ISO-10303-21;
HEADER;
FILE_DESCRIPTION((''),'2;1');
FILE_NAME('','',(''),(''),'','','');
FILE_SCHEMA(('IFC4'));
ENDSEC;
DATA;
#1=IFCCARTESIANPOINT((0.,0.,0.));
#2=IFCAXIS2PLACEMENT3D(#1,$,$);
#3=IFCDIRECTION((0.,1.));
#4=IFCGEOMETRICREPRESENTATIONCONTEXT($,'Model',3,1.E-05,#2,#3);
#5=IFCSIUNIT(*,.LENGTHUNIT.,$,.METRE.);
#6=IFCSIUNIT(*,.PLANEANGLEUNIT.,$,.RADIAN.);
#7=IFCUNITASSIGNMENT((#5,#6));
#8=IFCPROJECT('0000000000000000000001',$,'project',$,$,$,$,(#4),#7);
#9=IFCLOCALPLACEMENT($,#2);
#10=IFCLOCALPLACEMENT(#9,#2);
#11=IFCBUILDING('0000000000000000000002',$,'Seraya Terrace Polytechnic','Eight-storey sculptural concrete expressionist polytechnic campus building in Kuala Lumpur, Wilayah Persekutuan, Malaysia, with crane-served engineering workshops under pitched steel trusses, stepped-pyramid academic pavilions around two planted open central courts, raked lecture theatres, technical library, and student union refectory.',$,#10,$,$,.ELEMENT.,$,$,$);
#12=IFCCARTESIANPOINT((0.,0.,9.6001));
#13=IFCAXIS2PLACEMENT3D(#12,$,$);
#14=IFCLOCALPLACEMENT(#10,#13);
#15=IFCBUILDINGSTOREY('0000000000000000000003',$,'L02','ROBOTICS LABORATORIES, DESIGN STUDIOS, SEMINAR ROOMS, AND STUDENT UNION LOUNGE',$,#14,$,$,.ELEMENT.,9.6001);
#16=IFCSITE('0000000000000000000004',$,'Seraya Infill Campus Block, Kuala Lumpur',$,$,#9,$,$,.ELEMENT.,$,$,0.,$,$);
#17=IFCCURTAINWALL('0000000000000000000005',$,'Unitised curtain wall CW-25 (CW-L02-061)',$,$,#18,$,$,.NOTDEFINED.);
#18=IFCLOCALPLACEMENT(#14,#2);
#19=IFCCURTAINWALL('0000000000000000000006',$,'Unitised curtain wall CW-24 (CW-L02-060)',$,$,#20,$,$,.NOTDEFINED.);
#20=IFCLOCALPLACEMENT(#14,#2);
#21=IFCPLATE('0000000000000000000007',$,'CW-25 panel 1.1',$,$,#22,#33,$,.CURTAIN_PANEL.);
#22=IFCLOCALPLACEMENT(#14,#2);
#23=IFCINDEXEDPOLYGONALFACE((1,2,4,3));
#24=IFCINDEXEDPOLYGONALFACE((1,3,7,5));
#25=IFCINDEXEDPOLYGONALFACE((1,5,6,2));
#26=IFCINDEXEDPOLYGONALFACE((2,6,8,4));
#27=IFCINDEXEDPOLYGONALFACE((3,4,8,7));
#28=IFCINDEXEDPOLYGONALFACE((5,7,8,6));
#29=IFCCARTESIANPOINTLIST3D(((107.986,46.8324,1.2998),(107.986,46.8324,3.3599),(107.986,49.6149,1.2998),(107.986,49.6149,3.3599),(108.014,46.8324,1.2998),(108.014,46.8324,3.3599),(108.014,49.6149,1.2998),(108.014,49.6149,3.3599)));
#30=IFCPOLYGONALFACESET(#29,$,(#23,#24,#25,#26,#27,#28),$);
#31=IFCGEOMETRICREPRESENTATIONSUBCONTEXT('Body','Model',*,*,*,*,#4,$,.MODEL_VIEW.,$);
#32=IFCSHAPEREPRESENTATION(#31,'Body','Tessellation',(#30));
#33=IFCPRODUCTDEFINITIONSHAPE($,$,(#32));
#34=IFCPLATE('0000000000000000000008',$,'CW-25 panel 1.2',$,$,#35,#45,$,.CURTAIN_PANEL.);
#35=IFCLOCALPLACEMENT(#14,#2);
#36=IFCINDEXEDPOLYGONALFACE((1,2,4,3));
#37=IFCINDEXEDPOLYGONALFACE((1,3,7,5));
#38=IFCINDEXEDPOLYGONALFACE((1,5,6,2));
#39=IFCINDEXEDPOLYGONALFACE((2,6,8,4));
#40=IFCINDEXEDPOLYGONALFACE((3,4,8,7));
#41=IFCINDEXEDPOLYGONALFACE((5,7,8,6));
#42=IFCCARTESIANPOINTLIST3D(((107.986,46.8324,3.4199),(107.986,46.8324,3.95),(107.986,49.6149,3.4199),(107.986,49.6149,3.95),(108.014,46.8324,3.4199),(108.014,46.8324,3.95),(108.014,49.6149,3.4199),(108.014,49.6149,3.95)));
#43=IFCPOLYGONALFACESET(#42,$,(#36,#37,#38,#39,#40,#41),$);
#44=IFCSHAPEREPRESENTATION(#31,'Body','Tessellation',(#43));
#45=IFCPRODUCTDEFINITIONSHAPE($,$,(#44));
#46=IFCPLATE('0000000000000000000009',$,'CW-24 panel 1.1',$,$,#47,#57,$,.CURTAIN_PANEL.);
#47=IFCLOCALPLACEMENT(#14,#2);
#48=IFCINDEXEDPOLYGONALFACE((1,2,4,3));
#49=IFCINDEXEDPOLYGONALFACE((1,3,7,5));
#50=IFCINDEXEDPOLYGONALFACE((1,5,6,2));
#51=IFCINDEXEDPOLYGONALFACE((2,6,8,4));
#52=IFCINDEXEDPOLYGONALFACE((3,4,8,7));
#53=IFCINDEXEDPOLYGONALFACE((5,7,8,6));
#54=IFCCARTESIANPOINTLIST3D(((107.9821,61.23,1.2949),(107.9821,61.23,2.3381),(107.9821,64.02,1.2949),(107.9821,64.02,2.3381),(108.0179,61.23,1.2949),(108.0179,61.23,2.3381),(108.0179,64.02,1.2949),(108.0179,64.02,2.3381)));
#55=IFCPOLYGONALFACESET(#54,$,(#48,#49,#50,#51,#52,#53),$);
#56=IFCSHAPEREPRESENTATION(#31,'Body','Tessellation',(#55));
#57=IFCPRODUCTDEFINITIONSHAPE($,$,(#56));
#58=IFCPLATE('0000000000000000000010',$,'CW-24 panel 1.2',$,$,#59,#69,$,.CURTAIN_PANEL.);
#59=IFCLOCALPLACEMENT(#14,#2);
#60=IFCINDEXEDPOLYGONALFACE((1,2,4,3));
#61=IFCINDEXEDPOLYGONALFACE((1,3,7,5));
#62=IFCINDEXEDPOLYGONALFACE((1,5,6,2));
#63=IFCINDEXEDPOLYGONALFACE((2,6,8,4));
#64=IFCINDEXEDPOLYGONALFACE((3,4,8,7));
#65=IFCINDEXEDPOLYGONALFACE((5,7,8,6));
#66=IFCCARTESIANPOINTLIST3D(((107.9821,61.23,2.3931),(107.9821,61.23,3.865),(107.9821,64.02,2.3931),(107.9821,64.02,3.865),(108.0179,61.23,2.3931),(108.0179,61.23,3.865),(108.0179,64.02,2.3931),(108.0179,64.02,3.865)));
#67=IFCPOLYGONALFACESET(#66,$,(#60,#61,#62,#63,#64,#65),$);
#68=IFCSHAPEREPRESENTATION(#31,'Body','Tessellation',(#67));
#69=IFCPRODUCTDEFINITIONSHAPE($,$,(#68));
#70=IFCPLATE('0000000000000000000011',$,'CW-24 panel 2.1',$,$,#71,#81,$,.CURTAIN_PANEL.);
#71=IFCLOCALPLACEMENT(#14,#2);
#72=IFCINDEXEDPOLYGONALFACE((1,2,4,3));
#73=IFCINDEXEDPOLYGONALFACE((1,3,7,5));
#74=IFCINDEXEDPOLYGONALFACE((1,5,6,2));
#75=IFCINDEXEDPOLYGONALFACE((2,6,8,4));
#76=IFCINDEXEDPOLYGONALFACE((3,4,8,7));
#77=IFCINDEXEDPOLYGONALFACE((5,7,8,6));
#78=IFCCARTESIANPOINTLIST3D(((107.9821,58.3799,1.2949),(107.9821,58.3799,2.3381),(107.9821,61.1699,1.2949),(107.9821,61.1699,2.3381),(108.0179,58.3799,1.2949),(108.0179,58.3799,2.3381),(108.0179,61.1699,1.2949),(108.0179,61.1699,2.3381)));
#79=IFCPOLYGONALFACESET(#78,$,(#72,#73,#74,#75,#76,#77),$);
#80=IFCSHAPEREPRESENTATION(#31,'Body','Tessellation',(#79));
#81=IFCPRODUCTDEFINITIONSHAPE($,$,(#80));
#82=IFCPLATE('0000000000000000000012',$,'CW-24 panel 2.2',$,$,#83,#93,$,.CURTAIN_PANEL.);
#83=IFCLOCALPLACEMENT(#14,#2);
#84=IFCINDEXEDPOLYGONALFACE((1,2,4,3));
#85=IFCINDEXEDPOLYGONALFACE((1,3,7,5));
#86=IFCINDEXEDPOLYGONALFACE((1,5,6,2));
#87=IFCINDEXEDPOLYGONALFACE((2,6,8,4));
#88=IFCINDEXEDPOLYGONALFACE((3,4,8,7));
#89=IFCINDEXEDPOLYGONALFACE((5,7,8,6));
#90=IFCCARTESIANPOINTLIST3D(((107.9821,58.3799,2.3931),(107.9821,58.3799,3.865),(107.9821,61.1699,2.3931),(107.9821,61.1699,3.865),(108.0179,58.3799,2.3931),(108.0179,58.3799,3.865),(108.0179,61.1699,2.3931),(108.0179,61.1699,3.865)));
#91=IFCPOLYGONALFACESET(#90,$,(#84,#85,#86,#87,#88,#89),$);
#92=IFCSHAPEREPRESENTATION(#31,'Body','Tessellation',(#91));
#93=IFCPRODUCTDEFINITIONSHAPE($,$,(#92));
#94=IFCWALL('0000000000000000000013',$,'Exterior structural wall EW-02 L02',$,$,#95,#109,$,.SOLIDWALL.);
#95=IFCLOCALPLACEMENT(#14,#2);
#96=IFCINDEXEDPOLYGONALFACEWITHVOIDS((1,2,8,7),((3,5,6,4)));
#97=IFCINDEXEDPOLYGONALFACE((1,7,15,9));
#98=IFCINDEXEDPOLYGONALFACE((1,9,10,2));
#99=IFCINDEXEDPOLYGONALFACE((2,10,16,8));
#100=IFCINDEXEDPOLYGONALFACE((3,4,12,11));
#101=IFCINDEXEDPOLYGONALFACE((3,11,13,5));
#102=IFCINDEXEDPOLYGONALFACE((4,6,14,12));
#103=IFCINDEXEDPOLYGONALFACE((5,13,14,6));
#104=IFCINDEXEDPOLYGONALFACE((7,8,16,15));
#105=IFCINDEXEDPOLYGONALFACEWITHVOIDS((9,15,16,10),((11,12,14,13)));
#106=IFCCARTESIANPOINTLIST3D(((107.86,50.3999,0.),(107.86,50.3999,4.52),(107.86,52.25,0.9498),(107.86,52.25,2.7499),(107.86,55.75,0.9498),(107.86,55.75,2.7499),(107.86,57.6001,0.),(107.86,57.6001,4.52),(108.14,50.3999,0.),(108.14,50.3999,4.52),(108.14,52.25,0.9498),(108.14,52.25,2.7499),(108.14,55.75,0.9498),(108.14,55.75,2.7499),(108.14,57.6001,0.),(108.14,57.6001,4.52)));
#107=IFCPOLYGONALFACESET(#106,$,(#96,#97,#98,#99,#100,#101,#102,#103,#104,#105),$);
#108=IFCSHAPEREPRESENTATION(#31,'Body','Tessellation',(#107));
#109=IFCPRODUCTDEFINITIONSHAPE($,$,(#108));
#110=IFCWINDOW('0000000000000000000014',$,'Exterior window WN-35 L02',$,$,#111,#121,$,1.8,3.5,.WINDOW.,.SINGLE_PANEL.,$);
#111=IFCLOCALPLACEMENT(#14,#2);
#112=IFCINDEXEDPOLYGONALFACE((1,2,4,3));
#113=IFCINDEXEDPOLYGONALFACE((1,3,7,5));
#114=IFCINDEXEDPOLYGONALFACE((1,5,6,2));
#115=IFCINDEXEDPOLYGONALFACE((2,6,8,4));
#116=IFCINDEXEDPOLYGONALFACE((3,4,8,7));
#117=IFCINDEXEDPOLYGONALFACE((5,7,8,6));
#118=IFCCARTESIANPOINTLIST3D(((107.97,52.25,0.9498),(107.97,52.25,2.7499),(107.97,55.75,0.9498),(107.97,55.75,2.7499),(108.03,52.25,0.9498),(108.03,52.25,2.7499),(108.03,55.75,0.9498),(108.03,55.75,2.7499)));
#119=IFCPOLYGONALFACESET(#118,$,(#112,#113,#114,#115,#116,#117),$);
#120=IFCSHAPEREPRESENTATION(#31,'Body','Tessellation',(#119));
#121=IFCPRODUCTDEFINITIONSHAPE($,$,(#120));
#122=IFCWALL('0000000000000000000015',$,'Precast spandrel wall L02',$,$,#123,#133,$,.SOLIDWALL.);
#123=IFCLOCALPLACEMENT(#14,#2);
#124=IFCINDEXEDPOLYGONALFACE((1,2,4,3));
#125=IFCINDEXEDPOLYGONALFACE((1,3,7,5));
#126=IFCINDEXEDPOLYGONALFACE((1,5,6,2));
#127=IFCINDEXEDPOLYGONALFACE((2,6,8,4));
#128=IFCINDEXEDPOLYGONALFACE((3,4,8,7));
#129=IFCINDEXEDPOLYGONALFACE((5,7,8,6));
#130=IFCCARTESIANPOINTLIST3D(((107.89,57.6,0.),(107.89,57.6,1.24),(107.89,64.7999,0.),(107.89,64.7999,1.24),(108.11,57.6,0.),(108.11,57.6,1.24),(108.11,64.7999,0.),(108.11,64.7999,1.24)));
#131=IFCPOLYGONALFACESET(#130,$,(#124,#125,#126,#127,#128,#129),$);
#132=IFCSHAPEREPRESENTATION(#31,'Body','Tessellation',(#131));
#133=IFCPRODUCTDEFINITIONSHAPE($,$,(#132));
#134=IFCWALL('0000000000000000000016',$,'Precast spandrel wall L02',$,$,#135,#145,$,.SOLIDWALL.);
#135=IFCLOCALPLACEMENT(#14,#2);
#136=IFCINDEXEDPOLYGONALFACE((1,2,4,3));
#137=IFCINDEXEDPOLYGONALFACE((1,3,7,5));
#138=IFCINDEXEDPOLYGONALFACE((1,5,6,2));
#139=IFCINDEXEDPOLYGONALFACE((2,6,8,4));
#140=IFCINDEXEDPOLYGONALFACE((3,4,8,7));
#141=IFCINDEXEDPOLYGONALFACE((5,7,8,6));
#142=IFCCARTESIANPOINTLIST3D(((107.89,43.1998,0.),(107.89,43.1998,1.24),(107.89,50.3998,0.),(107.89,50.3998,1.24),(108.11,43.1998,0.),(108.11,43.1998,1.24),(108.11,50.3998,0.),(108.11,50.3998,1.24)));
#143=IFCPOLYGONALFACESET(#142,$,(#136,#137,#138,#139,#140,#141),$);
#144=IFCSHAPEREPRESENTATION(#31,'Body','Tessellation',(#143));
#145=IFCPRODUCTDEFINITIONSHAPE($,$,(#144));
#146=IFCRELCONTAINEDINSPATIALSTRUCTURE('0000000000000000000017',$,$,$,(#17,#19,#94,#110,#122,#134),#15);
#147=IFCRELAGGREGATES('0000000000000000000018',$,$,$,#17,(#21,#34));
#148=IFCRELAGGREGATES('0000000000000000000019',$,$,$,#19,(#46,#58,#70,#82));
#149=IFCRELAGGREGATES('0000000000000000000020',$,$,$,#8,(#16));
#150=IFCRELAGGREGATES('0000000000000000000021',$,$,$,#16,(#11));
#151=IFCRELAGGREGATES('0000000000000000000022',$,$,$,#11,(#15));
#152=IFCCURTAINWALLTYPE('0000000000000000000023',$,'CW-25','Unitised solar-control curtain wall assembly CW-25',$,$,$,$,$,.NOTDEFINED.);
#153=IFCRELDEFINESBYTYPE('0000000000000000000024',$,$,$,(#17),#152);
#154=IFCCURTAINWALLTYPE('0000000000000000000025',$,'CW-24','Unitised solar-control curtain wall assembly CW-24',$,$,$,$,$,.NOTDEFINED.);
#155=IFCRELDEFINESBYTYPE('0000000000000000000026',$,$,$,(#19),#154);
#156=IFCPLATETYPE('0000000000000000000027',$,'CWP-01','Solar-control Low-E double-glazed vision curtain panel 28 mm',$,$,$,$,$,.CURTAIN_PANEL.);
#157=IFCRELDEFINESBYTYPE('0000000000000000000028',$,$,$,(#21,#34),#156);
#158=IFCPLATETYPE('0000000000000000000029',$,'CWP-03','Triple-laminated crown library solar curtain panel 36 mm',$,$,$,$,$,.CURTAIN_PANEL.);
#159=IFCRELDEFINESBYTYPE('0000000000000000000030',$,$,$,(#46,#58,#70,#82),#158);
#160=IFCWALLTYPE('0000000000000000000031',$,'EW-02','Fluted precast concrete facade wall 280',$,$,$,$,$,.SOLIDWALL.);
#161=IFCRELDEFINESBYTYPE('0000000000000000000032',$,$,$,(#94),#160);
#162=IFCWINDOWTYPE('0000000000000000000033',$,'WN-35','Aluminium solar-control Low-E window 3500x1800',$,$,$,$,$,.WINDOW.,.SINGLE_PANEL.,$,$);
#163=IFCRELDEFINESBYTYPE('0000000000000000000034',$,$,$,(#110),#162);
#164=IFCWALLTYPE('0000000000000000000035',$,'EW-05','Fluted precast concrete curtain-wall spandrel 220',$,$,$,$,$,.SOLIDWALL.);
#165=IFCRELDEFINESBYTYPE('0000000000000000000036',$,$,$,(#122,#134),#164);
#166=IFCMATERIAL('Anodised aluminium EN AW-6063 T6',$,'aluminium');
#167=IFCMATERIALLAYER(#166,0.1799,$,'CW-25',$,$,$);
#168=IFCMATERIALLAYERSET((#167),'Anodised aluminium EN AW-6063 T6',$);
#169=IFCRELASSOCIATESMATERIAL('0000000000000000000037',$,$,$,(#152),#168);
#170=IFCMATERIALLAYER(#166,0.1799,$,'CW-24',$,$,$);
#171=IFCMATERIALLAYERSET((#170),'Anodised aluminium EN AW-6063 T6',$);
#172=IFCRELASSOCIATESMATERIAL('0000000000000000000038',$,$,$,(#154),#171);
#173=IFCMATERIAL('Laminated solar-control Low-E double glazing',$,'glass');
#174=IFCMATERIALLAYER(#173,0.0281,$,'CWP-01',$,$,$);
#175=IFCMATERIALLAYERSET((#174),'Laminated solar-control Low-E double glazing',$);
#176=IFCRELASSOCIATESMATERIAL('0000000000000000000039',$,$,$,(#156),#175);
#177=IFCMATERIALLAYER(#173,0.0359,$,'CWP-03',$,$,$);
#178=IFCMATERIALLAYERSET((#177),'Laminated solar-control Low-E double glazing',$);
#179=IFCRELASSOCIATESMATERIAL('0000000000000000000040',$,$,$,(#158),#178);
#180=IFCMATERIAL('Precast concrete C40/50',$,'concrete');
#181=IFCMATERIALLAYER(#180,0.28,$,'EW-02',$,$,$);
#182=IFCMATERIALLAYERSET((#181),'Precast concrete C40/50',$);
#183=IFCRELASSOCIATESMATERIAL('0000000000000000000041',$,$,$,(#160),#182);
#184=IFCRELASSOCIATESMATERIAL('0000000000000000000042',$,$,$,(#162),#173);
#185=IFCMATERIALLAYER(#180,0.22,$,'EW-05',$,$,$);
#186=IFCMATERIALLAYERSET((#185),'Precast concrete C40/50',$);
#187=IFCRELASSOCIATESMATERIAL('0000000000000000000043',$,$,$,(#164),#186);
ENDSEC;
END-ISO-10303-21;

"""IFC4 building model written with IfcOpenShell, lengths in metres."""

from ifc_helpers import new_model, si_unit, direction, frame, frame_2d, origin, origin_2d, place, context, subcontext, project, spatial, rectangle, extrude, material, layer, layer_set, type_object, element, fill, aggregate, save


model = new_model("IFC4")

# Units and contexts
model_context = context("Model", 3, precision=1e-05, world=origin(), true_north=direction((0.0, 1.0)))
body_context = subcontext(model_context, "Body", "Model", "MODEL_VIEW")
ifc_project = project(units=[si_unit("LENGTHUNIT", "METRE"), si_unit("PLANEANGLEUNIT", "RADIAN")], contexts=[model_context])

# Site, building, storey
site_placement = place(None, origin())
site = spatial("IfcSite", under=ifc_project, at=site_placement, Name="Seraya Infill Campus Block, Kuala Lumpur", CompositionType="ELEMENT", RefElevation=0.0)
building_placement = place(site_placement, origin())
building = spatial("IfcBuilding", under=site, at=building_placement, Name="Seraya Terrace Polytechnic", Description="Eight-storey sculptural concrete expressionist polytechnic campus building in Kuala Lumpur, Wilayah Persekutuan, Malaysia, with crane-served engineering workshops under pitched steel trusses, stepped-pyramid academic pavilions around two planted open central courts, raked lecture theatres, technical library, and student union refectory.", CompositionType="ELEMENT")
storey_placement = place(building_placement, frame((0.0, 0.0, 9.6001)))
storey = spatial("IfcBuildingStorey", under=building, at=storey_placement, Name="L02", Description="ROBOTICS LABORATORIES, DESIGN STUDIOS, SEMINAR ROOMS, AND STUDENT UNION LOUNGE", CompositionType="ELEMENT", Elevation=9.6001)

# Curtain walls
ifc_material_1 = material(Name="Anodised aluminium EN AW-6063 T6", Category="aluminium")
ifc_layer_1 = layer(ifc_material_1, 0.1799, Name="CW-25")
ifc_layer_set_1 = layer_set([ifc_layer_1], Name="Anodised aluminium EN AW-6063 T6")
curtain_wall_type_1 = type_object("IfcCurtainWallType", Name="CW-25", Description="Unitised solar-control curtain wall assembly CW-25", PredefinedType="NOTDEFINED", material=ifc_layer_set_1)
curtain_wall_1_placement = place(storey_placement, origin())
curtain_wall_1 = element("IfcCurtainWall", 1, at=curtain_wall_1_placement, inside=storey, type_object=curtain_wall_type_1, Name="Unitised curtain wall CW-25 (CW-L02-061)", PredefinedType="NOTDEFINED")
ifc_layer_2 = layer(ifc_material_1, 0.1799, Name="CW-24")
ifc_layer_set_2 = layer_set([ifc_layer_2], Name="Anodised aluminium EN AW-6063 T6")
curtain_wall_type_2 = type_object("IfcCurtainWallType", Name="CW-24", Description="Unitised solar-control curtain wall assembly CW-24", PredefinedType="NOTDEFINED", material=ifc_layer_set_2)
curtain_wall_2_placement = place(storey_placement, origin())
curtain_wall_2 = element("IfcCurtainWall", 2, at=curtain_wall_2_placement, inside=storey, type_object=curtain_wall_type_2, Name="Unitised curtain wall CW-24 (CW-L02-060)", PredefinedType="NOTDEFINED")

# Plates
ifc_material_2 = material(Name="Laminated solar-control Low-E double glazing", Category="glass")
ifc_layer_3 = layer(ifc_material_2, 0.0281, Name="CWP-01")
ifc_layer_set_3 = layer_set([ifc_layer_3], Name="Laminated solar-control Low-E double glazing")
plate_type_1 = type_object("IfcPlateType", Name="CWP-01", Description="Solar-control Low-E double-glazed vision curtain panel 28 mm", PredefinedType="CURTAIN_PANEL", material=ifc_layer_set_3)
plate_1_placement = place(storey_placement, frame((108.0, 48.2236, 1.2998), z_axis=(0.0, 0.0, 1.0), x_axis=(0.0, -1.0, 0.0)))
plate_1 = element("IfcPlate", 3, at=plate_1_placement, type_object=plate_type_1, Name="CW-25 panel 1.1", PredefinedType="CURTAIN_PANEL", context=body_context, shape_type="SweptSolid", body=[
    extrude(rectangle(XDim=2.7825, YDim=0.0281, at=origin_2d()), origin(), (0.0, 0.0, 1.0), 2.0601),
])
plate_2_placement = place(storey_placement, frame((108.0, 48.2236, 3.4199), z_axis=(0.0, 0.0, 1.0), x_axis=(0.0, -1.0, 0.0)))
plate_2 = element("IfcPlate", 4, at=plate_2_placement, type_object=plate_type_1, Name="CW-25 panel 1.2", PredefinedType="CURTAIN_PANEL", context=body_context, shape_type="SweptSolid", body=[
    extrude(rectangle(XDim=2.7825, YDim=0.0281, at=origin_2d()), origin(), (0.0, 0.0, 1.0), 0.53),
])
aggregate(curtain_wall_1, [plate_1, plate_2])
ifc_layer_4 = layer(ifc_material_2, 0.0359, Name="CWP-03")
ifc_layer_set_4 = layer_set([ifc_layer_4], Name="Laminated solar-control Low-E double glazing")
plate_type_2 = type_object("IfcPlateType", Name="CWP-03", Description="Triple-laminated crown library solar curtain panel 36 mm", PredefinedType="CURTAIN_PANEL", material=ifc_layer_set_4)
plate_3_placement = place(storey_placement, frame((108.0, 62.625, 1.2949), z_axis=(0.0, 0.0, 1.0), x_axis=(0.0, -1.0, 0.0)))
plate_3 = element("IfcPlate", 5, at=plate_3_placement, type_object=plate_type_2, Name="CW-24 panel 1.1", PredefinedType="CURTAIN_PANEL", context=body_context, shape_type="SweptSolid", body=[
    extrude(rectangle(XDim=2.79, YDim=0.0359, at=origin_2d()), origin(), (0.0, 0.0, 1.0), 1.0432),
])
plate_4_placement = place(storey_placement, frame((108.0, 62.625, 2.3931), z_axis=(0.0, 0.0, 1.0), x_axis=(0.0, -1.0, 0.0)))
plate_4 = element("IfcPlate", 6, at=plate_4_placement, type_object=plate_type_2, Name="CW-24 panel 1.2", PredefinedType="CURTAIN_PANEL", context=body_context, shape_type="SweptSolid", body=[
    extrude(rectangle(XDim=2.79, YDim=0.0359, at=origin_2d()), origin(), (0.0, 0.0, 1.0), 1.4719),
])
plate_5_placement = place(storey_placement, frame((108.0, 59.7749, 1.2949), z_axis=(0.0, 0.0, 1.0), x_axis=(0.0, -1.0, 0.0)))
plate_5 = element("IfcPlate", 7, at=plate_5_placement, type_object=plate_type_2, Name="CW-24 panel 2.1", PredefinedType="CURTAIN_PANEL", context=body_context, shape_type="SweptSolid", body=[
    extrude(rectangle(XDim=2.79, YDim=0.0359, at=origin_2d()), origin(), (0.0, 0.0, 1.0), 1.0432),
])
plate_6_placement = place(storey_placement, frame((108.0, 59.7749, 2.3931), z_axis=(0.0, 0.0, 1.0), x_axis=(0.0, -1.0, 0.0)))
plate_6 = element("IfcPlate", 8, at=plate_6_placement, type_object=plate_type_2, Name="CW-24 panel 2.2", PredefinedType="CURTAIN_PANEL", context=body_context, shape_type="SweptSolid", body=[
    extrude(rectangle(XDim=2.79, YDim=0.0359, at=origin_2d()), origin(), (0.0, 0.0, 1.0), 1.4719),
])
aggregate(curtain_wall_2, [plate_3, plate_4, plate_5, plate_6])

# Wall, opening, window
ifc_material_3 = material(Name="Precast concrete C40/50", Category="concrete")
ifc_layer_5 = layer(ifc_material_3, 0.28, Name="EW-02")
ifc_layer_set_5 = layer_set([ifc_layer_5], Name="Precast concrete C40/50")
wall_type_1 = type_object("IfcWallType", Name="EW-02", Description="Fluted precast concrete facade wall 280", PredefinedType="SOLIDWALL", material=ifc_layer_set_5)
wall_placement = place(storey_placement, frame((108.0, 57.6001, 0.0), z_axis=(0.0, 0.0, 1.0), x_axis=(0.0, -1.0, 0.0)))
wall = element("IfcWall", 9, at=wall_placement, inside=storey, type_object=wall_type_1, Name="Exterior structural wall EW-02 L02", PredefinedType="SOLIDWALL", context=body_context, shape_type="SweptSolid", body=[
    extrude(rectangle(XDim=7.2002, YDim=0.28, at=frame_2d((3.6001, 0.0))), origin(), (0.0, 0.0, 1.0), 4.52),
])
opening_placement = place(wall_placement, frame((1.8501, 0.0, 0.95)))
opening = element("IfcOpeningElement", 10, at=opening_placement, cuts=wall, PredefinedType="OPENING", context=body_context, shape_type="SweptSolid", body=[
    extrude(rectangle(XDim=3.5, YDim=1.8, at=frame_2d((1.75, 0.8999))), frame((0.0, 0.1519, 0.0), z_axis=(0.0, -1.0, 0.0), x_axis=(1.0, 0.0, 0.0)), (0.0, 0.0, 1.0), 0.304),
])
window_type = type_object("IfcWindowType", Name="WN-35", Description="Aluminium solar-control Low-E window 3500x1800", PartitioningType="SINGLE_PANEL", PredefinedType="WINDOW", material=ifc_material_2)
window_placement = place(opening_placement, origin())
window = element("IfcWindow", 11, at=window_placement, inside=storey, type_object=window_type, Name="Exterior window WN-35 L02", OverallHeight=1.8, OverallWidth=3.5, PartitioningType="SINGLE_PANEL", PredefinedType="WINDOW", context=body_context, shape_type="SweptSolid", body=[
    extrude(rectangle(XDim=3.5, YDim=1.8, at=frame_2d((1.75, 0.8999))), frame((0.0, 0.03, 0.0), z_axis=(0.0, -1.0, 0.0), x_axis=(1.0, 0.0, 0.0)), (0.0, 0.0, 1.0), 0.0601),
])
fill(opening, window)

# Walls
ifc_layer_6 = layer(ifc_material_3, 0.22, Name="EW-05")
ifc_layer_set_6 = layer_set([ifc_layer_6], Name="Precast concrete C40/50")
wall_type_2 = type_object("IfcWallType", Name="EW-05", Description="Fluted precast concrete curtain-wall spandrel 220", PredefinedType="SOLIDWALL", material=ifc_layer_set_6)
for number, where, z_axis, x_axis, name in (
    (12, (108.0, 64.8, 0.0), (0.0, 0.0, 1.0), (0.0, -1.0, 0.0), "Precast spandrel wall L02"),
    (13, (108.0, 50.3999, 0.0), (0.0, 0.0, 1.0), (0.0, -1.0, 0.0), "Precast spandrel wall L02"),
):
    element("IfcWall", number, at=place(storey_placement, frame(where, z_axis=z_axis, x_axis=x_axis)), inside=storey, type_object=wall_type_2, Name=name, PredefinedType="SOLIDWALL", context=body_context, shape_type="SweptSolid", body=[
        extrude(rectangle(XDim=7.2, YDim=0.22, at=frame_2d((3.6001, 0.0))), origin(), (0.0, 0.0, 1.0), 1.24),
    ])

save(model, "model.ifc")
